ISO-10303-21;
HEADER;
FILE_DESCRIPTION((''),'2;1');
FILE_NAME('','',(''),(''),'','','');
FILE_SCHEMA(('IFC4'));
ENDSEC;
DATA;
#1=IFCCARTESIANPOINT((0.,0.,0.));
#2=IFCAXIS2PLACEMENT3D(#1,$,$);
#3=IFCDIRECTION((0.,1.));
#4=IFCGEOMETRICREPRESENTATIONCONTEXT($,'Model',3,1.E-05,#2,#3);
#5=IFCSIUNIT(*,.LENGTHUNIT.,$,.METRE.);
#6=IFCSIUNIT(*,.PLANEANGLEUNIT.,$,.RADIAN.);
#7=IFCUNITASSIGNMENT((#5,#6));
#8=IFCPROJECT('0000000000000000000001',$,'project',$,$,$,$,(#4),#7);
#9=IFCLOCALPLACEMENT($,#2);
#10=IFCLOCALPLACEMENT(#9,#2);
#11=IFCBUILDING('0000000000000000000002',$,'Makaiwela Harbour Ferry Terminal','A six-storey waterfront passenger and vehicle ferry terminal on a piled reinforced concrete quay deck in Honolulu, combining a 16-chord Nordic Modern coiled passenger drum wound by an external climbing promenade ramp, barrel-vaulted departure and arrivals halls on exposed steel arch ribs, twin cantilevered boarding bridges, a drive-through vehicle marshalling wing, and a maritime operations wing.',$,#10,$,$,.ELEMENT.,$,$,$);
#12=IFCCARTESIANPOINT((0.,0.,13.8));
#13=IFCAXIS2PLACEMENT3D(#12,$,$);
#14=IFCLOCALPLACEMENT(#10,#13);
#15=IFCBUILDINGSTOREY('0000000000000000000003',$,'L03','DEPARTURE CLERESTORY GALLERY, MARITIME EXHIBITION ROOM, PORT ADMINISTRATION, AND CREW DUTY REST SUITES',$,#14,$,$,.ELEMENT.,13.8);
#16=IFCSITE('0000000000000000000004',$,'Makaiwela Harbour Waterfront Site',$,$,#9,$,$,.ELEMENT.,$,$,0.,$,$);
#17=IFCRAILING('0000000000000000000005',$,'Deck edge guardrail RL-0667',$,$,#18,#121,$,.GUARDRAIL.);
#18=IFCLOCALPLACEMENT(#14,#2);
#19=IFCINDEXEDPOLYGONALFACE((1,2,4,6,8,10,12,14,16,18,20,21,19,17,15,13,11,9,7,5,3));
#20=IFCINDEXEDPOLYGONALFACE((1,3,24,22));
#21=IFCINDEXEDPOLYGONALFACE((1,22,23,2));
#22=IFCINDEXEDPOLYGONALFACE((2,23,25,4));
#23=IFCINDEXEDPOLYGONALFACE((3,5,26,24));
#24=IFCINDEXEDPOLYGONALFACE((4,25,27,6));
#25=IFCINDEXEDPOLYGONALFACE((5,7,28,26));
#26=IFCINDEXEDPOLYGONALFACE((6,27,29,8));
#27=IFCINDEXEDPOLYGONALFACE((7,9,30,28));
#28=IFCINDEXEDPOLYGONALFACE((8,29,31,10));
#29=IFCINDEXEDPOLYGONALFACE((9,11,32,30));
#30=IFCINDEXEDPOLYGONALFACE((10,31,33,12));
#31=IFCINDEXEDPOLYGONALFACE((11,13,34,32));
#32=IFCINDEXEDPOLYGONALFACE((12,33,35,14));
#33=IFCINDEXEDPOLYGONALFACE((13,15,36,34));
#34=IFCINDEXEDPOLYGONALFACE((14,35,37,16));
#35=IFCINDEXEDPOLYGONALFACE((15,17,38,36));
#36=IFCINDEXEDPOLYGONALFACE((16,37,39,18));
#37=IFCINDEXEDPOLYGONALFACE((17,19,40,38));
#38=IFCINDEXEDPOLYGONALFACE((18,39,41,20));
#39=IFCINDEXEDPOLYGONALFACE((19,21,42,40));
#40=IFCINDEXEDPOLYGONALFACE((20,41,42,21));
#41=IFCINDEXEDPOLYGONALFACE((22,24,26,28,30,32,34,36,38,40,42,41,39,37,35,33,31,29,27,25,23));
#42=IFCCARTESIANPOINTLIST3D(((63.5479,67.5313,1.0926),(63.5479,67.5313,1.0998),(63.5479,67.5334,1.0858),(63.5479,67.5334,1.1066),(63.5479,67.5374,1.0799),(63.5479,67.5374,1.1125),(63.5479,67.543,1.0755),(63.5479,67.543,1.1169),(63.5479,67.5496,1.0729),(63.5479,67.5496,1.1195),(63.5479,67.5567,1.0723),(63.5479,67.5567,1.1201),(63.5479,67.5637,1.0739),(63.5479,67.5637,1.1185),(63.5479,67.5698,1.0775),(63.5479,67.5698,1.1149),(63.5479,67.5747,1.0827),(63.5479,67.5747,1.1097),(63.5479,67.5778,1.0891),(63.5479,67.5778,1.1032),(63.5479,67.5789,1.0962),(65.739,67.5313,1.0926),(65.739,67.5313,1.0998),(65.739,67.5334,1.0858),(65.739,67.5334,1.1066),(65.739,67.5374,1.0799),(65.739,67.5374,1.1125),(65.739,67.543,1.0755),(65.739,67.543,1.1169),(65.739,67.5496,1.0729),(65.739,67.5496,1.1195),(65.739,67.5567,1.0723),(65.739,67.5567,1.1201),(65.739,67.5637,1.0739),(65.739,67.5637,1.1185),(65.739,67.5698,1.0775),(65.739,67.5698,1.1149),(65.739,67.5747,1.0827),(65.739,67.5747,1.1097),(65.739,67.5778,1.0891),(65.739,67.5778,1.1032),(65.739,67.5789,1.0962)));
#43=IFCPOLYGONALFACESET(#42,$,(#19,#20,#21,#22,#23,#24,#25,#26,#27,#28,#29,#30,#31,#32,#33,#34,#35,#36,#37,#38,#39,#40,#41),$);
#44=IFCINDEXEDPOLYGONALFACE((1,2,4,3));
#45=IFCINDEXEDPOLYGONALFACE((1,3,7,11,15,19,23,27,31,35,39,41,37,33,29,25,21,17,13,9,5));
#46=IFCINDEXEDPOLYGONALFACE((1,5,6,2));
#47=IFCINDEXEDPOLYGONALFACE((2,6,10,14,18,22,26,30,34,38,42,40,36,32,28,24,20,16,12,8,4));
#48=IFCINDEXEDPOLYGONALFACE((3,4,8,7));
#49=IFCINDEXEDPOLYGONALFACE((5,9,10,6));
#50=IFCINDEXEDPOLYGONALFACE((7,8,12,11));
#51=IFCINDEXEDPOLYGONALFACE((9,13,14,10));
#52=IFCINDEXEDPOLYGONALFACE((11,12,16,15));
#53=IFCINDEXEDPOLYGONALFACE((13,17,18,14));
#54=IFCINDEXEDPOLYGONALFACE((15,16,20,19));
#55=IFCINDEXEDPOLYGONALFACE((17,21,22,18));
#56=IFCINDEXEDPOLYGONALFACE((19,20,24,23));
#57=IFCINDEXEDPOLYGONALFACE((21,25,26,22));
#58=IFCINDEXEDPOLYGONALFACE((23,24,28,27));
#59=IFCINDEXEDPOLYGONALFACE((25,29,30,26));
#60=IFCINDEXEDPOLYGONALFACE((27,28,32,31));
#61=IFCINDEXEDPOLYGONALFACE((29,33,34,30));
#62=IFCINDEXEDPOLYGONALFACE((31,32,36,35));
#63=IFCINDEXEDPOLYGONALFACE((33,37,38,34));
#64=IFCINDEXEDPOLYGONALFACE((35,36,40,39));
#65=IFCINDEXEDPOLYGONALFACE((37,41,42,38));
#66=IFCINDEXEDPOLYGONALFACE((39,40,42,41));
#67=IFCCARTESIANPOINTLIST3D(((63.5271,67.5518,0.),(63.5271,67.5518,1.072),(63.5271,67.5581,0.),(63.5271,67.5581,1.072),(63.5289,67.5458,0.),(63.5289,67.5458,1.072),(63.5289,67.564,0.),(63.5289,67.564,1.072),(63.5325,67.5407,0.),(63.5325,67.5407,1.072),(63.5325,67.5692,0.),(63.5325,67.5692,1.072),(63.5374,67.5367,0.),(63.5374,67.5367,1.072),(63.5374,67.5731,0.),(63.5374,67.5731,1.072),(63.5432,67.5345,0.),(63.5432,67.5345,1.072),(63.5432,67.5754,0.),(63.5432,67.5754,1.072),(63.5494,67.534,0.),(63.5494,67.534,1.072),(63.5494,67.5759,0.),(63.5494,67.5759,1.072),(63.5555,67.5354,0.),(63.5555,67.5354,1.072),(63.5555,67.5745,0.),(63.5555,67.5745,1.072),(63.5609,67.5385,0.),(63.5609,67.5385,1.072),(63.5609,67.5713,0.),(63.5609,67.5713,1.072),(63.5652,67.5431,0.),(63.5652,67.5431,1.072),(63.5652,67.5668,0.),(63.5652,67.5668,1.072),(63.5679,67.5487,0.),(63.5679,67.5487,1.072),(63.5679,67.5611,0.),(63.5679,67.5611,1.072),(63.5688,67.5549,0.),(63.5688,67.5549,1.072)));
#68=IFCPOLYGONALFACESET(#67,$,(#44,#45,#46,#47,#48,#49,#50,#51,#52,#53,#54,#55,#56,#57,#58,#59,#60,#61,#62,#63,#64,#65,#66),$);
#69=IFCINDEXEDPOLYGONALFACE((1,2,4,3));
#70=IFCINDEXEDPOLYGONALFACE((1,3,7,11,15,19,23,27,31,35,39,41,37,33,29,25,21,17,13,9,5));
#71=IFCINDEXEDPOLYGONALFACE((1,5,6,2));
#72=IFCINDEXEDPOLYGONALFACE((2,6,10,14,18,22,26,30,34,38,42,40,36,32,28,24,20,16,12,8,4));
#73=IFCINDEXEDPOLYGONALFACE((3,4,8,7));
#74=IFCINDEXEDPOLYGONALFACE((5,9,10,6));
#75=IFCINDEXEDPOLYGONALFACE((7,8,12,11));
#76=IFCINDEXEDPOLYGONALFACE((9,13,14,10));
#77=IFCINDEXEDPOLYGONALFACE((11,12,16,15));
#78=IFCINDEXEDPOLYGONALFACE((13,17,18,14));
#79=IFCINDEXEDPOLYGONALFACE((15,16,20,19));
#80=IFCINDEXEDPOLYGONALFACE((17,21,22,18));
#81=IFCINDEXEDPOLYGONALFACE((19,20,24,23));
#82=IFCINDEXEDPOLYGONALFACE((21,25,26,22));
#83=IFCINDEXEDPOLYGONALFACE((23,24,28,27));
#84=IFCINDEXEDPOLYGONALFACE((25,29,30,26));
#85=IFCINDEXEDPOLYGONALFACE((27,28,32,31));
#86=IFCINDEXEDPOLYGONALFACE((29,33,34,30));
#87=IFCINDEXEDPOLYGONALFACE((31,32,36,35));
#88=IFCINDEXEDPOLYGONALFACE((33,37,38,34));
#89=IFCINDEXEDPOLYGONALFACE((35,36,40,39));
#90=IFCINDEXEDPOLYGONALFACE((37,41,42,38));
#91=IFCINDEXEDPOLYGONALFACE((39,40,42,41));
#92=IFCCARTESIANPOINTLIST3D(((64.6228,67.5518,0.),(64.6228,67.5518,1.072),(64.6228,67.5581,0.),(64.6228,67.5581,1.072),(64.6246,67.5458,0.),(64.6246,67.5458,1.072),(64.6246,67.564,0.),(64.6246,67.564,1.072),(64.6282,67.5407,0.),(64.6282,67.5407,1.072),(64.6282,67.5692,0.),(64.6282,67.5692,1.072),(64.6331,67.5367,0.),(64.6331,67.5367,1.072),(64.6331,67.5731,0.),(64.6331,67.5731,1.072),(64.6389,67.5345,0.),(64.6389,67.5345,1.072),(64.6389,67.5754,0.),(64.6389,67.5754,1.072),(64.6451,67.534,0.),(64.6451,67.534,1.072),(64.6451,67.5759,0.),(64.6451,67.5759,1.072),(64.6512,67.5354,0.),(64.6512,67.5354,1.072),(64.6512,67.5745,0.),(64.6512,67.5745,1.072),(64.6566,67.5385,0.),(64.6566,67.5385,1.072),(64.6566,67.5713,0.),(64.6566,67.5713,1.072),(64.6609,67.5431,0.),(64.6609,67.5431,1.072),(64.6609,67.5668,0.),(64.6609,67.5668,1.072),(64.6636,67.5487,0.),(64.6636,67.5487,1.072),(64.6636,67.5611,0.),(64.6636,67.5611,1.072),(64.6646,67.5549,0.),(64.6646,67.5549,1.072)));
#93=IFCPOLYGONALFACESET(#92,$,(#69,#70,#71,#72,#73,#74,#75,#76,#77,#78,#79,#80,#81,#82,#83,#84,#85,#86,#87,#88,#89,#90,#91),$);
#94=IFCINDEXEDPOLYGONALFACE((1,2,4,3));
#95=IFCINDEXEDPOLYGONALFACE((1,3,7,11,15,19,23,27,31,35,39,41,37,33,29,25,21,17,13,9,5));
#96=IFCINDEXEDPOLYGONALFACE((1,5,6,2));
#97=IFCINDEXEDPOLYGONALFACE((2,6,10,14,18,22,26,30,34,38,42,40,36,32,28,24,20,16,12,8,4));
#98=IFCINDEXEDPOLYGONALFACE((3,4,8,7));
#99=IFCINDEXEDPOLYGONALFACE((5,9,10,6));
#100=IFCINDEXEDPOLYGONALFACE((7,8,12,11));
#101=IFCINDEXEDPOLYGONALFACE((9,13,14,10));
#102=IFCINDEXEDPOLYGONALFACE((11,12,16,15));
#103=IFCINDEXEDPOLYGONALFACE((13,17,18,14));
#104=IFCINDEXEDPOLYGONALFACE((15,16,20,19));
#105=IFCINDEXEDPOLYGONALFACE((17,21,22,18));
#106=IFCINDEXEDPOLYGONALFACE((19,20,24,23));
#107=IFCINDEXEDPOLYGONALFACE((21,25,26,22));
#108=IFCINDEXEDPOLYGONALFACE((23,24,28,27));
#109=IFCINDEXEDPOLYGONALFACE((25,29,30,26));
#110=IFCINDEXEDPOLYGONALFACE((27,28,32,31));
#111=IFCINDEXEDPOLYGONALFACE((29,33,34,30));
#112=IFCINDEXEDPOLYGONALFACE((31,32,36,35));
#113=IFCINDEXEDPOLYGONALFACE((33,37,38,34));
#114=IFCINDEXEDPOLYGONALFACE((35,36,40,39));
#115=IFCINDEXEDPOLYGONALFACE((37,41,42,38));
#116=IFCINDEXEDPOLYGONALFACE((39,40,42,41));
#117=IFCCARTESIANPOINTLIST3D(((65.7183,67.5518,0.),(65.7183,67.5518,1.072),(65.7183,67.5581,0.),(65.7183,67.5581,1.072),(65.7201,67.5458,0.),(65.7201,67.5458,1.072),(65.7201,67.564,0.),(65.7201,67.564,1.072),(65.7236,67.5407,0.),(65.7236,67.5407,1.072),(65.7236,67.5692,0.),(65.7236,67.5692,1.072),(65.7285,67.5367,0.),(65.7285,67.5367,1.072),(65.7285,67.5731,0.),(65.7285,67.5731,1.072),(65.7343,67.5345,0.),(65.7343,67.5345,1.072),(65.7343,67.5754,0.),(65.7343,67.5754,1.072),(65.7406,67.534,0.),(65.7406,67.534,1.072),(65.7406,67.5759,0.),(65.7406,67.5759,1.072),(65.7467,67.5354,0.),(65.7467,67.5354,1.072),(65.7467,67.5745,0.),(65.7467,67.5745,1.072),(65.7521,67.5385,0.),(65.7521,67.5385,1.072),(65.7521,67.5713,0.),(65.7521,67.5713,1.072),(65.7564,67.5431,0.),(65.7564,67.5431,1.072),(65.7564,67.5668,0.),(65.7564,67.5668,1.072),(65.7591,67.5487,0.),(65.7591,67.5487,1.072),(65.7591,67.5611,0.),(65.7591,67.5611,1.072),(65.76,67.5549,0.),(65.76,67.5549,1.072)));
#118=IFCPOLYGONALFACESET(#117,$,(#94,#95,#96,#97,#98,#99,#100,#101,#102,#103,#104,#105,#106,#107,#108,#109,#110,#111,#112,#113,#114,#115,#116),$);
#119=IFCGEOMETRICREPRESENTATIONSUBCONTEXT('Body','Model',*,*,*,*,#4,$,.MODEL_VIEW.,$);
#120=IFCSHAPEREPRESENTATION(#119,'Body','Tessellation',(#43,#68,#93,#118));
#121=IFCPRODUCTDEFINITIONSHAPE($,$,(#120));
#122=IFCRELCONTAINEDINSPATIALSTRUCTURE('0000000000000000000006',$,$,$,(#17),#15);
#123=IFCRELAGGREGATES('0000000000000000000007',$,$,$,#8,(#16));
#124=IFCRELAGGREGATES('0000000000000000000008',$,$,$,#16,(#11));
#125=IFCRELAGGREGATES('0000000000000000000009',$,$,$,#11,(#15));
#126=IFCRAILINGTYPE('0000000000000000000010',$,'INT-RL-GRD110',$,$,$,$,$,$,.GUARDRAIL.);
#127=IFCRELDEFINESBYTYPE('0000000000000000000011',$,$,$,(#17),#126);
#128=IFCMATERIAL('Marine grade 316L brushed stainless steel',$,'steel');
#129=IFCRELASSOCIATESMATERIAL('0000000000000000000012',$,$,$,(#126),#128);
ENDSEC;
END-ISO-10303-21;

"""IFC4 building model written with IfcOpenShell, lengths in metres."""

from ifc_helpers import new_model, si_unit, direction, frame, origin, origin_2d, place, context, subcontext, project, spatial, circle, extrude, material, type_object, element, save


model = new_model("IFC4")

# Units and contexts
model_context = context("Model", 3, precision=1e-05, world=origin(), true_north=direction((0.0, 1.0)))
body_context = subcontext(model_context, "Body", "Model", "MODEL_VIEW")
ifc_project = project(units=[si_unit("LENGTHUNIT", "METRE"), si_unit("PLANEANGLEUNIT", "RADIAN")], contexts=[model_context])

# Site, building, storey
site_placement = place(None, origin())
site = spatial("IfcSite", under=ifc_project, at=site_placement, Name="Makaiwela Harbour Waterfront Site", CompositionType="ELEMENT", RefElevation=0.0)
building_placement = place(site_placement, origin())
building = spatial("IfcBuilding", under=site, at=building_placement, Name="Makaiwela Harbour Ferry Terminal", Description="A six-storey waterfront passenger and vehicle ferry terminal on a piled reinforced concrete quay deck in Honolulu, combining a 16-chord Nordic Modern coiled passenger drum wound by an external climbing promenade ramp, barrel-vaulted departure and arrivals halls on exposed steel arch ribs, twin cantilevered boarding bridges, a drive-through vehicle marshalling wing, and a maritime operations wing.", CompositionType="ELEMENT")
storey_placement = place(building_placement, frame((0.0, 0.0, 13.8)))
storey = spatial("IfcBuildingStorey", under=building, at=storey_placement, Name="L03", Description="DEPARTURE CLERESTORY GALLERY, MARITIME EXHIBITION ROOM, PORT ADMINISTRATION, AND CREW DUTY REST SUITES", CompositionType="ELEMENT", Elevation=13.8)

# Railing
ifc_material_1 = material(Name="Marine grade 316L brushed stainless steel", Category="steel")
railing_type = type_object("IfcRailingType", Name="INT-RL-GRD110", PredefinedType="GUARDRAIL", material=ifc_material_1)
railing_1_placement = place(storey_placement, frame((63.5479, 67.5549, 0.0)))
element("IfcRailing", 1, at=railing_1_placement, inside=storey, type_object=railing_type, Name="Deck edge guardrail RL-0667", PredefinedType="GUARDRAIL", context=body_context, shape_type="SweptSolid", body=[
    extrude(circle(Radius=0.0239, at=origin_2d()), frame((0.0, 0.0, 1.0962), z_axis=(1.0, 0.0, 0.0), x_axis=(0.0, 1.0, 0.0)), (0.0, 0.0, 1.0), 2.1912),
    extrude(circle(Radius=0.021, at=origin_2d()), origin(), (0.0, 0.0, 1.0), 1.072),
    extrude(circle(Radius=0.021, at=origin_2d()), frame((1.0957, 0.0, 0.0)), (0.0, 0.0, 1.0), 1.072),
    extrude(circle(Radius=0.021, at=origin_2d()), frame((2.1912, 0.0, 0.0)), (0.0, 0.0, 1.0), 1.072),
])

save(model, "model.ifc")
